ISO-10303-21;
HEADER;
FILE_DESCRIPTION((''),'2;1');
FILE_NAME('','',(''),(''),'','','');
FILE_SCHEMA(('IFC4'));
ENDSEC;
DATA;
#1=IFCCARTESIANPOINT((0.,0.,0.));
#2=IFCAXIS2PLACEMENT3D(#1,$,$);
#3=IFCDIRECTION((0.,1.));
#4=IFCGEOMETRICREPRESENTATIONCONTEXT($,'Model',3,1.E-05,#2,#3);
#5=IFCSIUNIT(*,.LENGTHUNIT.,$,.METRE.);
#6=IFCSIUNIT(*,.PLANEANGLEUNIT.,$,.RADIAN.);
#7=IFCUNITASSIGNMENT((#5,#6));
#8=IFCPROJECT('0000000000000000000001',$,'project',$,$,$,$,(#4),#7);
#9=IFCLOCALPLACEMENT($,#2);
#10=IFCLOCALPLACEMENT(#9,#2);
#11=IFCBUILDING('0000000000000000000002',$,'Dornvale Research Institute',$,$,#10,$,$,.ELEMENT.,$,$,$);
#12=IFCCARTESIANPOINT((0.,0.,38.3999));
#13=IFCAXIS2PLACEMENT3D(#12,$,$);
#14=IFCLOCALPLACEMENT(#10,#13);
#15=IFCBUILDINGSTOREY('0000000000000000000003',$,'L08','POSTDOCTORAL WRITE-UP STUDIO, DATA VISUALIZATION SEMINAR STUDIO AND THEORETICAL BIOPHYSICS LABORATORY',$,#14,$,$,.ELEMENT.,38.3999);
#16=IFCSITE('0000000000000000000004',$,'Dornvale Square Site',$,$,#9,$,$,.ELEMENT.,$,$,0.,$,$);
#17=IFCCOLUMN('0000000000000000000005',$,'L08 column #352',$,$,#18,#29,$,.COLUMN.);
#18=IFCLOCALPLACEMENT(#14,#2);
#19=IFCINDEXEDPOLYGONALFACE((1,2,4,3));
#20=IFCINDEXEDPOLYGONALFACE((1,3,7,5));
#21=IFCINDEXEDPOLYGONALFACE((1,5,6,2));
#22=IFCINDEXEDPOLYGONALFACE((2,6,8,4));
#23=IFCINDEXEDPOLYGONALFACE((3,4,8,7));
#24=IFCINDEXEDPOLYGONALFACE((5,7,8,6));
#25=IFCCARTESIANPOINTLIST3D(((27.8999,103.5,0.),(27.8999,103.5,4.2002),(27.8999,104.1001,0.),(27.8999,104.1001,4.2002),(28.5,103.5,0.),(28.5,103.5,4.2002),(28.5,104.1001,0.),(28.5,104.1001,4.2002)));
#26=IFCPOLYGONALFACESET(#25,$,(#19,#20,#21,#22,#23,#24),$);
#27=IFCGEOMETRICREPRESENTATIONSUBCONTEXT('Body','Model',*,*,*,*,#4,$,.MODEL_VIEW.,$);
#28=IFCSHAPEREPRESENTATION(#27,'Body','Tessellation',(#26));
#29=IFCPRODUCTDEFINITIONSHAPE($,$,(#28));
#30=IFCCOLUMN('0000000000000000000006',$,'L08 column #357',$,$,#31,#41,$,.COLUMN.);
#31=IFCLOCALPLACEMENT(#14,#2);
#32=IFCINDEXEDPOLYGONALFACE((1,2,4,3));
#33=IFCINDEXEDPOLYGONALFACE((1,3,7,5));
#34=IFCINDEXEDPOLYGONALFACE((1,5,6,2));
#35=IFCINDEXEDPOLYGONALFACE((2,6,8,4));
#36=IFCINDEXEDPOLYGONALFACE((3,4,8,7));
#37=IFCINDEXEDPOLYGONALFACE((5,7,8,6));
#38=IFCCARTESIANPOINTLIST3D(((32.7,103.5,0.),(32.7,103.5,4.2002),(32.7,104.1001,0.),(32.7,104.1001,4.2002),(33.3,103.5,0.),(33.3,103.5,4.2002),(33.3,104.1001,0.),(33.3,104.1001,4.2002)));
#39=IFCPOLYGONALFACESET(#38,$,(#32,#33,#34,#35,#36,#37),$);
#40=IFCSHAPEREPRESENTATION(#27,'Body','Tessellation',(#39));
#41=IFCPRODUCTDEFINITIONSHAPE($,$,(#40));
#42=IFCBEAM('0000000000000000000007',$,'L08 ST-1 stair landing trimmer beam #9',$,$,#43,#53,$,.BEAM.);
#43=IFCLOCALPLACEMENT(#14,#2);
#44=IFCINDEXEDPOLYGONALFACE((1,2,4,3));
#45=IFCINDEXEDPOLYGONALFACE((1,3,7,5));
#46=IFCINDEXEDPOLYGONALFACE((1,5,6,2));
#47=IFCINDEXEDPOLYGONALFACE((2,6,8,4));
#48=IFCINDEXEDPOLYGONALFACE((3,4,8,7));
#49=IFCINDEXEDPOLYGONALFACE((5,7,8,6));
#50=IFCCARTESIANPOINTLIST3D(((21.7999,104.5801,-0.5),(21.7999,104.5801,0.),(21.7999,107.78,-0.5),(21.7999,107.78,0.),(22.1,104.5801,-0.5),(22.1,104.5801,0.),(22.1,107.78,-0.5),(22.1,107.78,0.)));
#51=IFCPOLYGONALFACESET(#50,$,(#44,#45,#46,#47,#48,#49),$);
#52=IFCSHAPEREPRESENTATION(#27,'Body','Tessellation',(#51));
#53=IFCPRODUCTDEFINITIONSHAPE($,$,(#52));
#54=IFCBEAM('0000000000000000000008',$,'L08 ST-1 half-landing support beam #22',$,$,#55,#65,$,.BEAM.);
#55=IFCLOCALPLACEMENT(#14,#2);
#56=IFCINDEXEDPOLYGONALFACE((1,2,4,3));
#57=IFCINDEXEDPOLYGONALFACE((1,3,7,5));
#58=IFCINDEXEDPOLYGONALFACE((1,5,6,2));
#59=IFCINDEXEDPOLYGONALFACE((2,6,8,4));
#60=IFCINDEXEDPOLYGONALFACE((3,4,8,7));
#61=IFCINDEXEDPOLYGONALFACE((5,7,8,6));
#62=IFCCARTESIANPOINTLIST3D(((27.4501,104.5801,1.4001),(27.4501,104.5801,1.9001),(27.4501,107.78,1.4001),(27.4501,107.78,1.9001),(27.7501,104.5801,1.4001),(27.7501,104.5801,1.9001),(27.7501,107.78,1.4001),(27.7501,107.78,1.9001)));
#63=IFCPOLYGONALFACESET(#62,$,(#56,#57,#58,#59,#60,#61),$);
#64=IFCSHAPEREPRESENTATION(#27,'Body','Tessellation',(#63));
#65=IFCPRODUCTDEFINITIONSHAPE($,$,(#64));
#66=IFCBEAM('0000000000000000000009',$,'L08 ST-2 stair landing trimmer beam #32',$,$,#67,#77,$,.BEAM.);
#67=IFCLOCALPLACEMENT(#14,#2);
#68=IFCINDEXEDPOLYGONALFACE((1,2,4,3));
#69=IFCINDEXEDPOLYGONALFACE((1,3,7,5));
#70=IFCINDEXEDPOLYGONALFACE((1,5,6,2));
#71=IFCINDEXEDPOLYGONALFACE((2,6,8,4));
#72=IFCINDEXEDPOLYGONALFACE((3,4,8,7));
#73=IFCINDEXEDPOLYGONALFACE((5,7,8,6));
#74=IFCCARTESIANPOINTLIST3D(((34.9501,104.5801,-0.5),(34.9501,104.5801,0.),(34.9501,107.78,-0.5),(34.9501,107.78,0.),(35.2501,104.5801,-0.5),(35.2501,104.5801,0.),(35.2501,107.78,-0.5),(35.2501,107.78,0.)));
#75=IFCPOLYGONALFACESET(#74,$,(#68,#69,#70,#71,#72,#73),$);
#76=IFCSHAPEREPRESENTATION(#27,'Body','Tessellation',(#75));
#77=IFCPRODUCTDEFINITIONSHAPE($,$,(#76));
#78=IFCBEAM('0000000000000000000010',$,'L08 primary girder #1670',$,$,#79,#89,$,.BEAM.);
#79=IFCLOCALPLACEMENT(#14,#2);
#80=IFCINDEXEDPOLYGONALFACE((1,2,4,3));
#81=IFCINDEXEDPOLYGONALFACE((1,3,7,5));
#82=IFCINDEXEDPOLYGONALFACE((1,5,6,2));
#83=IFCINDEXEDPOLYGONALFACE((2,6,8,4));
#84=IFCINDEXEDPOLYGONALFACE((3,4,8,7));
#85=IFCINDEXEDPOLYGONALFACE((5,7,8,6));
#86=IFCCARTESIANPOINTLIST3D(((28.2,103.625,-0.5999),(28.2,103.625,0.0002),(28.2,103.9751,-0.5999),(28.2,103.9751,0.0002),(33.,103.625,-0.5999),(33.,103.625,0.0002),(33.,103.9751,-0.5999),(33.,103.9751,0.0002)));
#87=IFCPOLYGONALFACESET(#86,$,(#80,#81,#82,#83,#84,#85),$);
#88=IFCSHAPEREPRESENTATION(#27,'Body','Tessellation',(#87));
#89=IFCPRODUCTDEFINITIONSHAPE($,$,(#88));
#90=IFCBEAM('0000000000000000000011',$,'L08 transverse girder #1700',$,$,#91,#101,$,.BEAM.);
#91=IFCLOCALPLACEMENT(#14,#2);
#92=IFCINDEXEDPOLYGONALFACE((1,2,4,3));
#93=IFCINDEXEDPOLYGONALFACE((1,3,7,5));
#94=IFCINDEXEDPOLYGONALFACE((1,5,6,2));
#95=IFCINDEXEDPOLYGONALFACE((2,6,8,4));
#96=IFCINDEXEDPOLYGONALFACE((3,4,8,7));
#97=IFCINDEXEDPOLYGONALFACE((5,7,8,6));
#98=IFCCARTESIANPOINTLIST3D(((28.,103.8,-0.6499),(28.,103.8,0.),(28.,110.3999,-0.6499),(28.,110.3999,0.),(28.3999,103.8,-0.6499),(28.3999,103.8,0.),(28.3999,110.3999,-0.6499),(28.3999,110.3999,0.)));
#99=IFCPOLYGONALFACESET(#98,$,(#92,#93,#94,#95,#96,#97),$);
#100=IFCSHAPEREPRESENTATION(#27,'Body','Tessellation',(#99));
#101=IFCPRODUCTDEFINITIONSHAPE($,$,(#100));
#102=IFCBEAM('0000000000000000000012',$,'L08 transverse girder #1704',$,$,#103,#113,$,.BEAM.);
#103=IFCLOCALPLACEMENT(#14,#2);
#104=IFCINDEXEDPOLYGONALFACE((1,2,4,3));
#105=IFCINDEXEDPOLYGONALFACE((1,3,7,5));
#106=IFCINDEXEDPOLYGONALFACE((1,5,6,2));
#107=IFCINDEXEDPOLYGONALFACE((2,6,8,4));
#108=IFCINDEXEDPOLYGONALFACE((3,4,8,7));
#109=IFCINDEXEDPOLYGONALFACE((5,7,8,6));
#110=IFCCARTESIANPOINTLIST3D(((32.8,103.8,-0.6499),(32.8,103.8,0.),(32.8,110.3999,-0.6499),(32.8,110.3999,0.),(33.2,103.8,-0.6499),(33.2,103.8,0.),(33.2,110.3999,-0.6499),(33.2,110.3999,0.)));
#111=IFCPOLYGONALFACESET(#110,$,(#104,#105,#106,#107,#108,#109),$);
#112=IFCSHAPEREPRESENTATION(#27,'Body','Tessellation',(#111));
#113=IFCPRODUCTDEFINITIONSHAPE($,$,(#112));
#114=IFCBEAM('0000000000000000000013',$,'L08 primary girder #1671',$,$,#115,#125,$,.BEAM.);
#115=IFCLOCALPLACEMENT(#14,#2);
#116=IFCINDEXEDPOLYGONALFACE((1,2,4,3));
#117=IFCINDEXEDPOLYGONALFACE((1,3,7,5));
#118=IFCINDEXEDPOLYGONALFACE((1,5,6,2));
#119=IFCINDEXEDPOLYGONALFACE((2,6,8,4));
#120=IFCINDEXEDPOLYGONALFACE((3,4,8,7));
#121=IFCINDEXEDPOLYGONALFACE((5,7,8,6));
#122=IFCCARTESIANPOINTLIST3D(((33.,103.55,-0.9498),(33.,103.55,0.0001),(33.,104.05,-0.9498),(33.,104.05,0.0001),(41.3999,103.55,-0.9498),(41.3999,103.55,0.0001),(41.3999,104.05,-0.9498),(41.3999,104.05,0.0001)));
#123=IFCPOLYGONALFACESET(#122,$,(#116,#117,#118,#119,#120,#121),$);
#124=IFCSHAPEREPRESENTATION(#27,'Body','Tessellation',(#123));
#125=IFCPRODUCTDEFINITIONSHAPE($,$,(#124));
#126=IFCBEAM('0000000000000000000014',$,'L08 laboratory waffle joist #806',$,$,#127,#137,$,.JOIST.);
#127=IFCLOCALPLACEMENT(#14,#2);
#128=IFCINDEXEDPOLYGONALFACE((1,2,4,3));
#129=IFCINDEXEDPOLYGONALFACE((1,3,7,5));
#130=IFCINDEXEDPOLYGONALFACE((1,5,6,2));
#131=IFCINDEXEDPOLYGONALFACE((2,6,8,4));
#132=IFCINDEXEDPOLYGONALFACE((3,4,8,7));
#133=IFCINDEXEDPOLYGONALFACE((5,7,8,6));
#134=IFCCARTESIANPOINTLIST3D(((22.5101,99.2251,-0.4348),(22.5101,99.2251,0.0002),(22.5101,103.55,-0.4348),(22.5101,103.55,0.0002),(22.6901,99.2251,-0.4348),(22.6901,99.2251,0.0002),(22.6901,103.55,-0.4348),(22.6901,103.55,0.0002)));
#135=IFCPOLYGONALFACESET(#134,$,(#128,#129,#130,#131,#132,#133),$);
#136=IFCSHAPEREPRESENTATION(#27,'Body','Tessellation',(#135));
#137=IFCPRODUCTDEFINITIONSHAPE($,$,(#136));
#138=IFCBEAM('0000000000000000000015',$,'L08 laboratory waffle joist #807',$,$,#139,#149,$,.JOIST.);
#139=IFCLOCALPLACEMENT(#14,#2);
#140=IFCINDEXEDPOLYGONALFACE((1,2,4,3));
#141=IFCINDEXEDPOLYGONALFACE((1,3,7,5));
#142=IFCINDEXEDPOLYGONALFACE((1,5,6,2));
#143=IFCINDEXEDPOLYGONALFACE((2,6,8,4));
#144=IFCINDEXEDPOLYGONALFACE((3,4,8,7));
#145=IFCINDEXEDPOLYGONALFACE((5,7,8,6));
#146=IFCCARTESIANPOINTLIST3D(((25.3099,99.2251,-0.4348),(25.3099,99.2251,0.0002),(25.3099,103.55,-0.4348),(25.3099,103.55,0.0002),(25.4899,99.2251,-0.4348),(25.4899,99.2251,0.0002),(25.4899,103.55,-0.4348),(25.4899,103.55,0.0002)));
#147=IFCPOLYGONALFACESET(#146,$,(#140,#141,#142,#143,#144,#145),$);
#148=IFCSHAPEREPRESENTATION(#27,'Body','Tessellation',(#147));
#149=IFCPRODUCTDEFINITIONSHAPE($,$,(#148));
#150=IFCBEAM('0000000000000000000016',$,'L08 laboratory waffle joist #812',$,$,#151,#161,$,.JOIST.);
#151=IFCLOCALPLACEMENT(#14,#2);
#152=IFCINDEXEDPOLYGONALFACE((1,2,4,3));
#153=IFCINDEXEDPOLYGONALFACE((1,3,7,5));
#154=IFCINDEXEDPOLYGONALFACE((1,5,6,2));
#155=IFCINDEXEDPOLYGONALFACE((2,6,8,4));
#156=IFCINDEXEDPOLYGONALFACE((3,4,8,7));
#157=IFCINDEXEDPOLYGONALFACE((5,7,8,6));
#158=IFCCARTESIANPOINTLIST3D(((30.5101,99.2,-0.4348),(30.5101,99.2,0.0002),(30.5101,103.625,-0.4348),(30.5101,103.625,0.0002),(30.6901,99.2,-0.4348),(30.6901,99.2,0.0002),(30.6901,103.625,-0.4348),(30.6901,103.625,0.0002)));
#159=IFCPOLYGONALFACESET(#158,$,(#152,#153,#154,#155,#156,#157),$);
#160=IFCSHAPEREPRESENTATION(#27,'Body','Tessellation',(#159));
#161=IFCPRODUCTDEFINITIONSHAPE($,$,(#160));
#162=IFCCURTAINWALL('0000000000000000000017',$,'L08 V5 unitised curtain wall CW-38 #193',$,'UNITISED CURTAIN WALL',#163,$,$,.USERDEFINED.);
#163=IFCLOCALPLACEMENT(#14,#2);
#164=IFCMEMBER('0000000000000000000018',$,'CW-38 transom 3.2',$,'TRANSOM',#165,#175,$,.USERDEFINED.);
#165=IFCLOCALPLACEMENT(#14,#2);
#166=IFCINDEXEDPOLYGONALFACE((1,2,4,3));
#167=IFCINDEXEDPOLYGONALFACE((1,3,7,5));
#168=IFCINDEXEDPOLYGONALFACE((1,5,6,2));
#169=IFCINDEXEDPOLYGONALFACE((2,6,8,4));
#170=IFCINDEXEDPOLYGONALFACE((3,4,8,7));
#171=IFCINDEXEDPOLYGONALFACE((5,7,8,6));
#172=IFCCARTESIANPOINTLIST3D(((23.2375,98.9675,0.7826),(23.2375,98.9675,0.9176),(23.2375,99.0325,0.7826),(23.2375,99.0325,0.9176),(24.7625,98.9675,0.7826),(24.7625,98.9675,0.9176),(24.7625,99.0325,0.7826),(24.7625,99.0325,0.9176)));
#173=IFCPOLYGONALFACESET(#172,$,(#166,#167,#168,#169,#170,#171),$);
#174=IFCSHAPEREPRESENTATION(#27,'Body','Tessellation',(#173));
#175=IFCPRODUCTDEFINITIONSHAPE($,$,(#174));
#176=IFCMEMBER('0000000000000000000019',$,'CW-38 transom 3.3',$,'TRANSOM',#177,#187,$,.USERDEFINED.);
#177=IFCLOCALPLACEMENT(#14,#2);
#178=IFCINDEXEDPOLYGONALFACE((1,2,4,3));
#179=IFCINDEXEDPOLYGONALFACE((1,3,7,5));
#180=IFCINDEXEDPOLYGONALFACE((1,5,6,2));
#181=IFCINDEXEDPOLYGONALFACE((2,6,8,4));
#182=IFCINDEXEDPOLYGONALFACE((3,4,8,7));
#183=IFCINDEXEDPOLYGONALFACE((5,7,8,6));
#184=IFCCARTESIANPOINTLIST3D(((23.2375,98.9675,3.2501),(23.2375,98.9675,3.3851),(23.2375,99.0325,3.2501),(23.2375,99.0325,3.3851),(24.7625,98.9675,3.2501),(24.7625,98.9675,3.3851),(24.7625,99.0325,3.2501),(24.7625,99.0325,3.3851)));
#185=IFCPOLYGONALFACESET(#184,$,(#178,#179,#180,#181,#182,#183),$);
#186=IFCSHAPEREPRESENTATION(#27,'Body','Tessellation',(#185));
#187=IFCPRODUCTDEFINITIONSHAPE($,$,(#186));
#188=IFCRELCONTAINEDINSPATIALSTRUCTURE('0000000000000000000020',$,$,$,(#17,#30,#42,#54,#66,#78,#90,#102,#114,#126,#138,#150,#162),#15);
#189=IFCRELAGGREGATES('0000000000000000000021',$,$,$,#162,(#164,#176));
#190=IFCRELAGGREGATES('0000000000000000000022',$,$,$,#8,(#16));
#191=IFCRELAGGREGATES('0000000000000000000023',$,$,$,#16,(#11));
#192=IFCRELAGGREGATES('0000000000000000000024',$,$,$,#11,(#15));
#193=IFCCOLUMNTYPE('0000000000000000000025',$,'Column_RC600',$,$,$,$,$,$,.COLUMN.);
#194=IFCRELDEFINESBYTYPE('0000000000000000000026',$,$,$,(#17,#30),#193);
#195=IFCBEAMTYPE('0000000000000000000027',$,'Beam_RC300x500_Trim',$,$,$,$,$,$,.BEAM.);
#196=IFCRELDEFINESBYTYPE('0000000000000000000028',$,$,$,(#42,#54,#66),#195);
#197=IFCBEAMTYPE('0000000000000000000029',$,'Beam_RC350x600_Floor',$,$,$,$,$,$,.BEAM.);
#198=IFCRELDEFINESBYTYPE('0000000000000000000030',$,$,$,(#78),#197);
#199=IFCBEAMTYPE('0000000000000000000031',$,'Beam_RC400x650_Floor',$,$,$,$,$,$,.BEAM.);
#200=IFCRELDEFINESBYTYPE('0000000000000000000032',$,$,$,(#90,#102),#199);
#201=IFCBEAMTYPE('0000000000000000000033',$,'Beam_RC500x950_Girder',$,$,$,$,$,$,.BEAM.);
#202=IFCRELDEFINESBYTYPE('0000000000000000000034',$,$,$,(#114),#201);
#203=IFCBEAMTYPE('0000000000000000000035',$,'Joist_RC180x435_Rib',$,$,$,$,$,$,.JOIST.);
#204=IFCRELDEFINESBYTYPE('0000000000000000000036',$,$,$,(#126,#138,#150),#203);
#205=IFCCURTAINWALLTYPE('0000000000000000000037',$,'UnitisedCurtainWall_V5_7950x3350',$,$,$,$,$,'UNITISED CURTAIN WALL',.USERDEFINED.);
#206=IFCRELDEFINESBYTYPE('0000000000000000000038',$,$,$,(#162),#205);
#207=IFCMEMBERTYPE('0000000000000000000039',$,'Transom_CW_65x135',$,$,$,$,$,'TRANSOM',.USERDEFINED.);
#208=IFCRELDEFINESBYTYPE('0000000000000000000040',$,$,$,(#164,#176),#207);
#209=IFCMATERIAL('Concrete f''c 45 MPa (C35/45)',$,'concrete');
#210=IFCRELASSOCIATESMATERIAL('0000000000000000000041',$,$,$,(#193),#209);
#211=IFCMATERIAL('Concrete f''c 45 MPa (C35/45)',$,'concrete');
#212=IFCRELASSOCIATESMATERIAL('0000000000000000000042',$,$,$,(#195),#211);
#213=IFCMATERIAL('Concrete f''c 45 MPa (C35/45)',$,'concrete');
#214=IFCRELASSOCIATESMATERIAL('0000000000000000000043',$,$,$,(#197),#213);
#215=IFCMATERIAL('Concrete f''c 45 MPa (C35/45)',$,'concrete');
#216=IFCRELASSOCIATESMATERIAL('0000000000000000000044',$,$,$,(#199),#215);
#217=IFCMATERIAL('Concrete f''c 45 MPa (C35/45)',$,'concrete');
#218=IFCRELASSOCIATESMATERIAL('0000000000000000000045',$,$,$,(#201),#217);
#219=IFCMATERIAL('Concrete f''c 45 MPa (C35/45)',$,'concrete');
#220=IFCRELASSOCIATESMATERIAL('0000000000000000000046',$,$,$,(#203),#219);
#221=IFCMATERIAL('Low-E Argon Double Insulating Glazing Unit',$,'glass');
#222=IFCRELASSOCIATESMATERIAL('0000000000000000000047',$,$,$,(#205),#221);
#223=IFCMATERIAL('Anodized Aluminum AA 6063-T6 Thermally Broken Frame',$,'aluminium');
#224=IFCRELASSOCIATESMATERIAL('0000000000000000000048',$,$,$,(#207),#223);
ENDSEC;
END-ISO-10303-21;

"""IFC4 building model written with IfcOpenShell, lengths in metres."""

from ifc_helpers import new_model, si_unit, direction, frame, origin, origin_2d, place, context, subcontext, project, spatial, rectangle, extrude, material, material_profile, profile_set, type_object, element, aggregate, save


model = new_model("IFC4")

# Units and contexts
model_context = context("Model", 3, precision=1e-05, world=origin(), true_north=direction((0.0, 1.0)))
body_context = subcontext(model_context, "Body", "Model", "MODEL_VIEW")
ifc_project = project(units=[si_unit("LENGTHUNIT", "METRE"), si_unit("PLANEANGLEUNIT", "RADIAN")], contexts=[model_context])

# Site, building, storey
site_placement = place(None, origin())
site = spatial("IfcSite", under=ifc_project, at=site_placement, Name="Dornvale Square Site", CompositionType="ELEMENT", RefElevation=0.0)
building_placement = place(site_placement, origin())
building = spatial("IfcBuilding", under=site, at=building_placement, Name="Dornvale Research Institute", CompositionType="ELEMENT")
storey_placement = place(building_placement, frame((0.0, 0.0, 38.3999)))
storey = spatial("IfcBuildingStorey", under=building, at=storey_placement, Name="L08", Description="POSTDOCTORAL WRITE-UP STUDIO, DATA VISUALIZATION SEMINAR STUDIO AND THEORETICAL BIOPHYSICS LABORATORY", CompositionType="ELEMENT", Elevation=38.3999)

# Columns
ifc_material_1 = material(Name="Concrete f'c 45 MPa (C35/45)", Category="concrete")
ifc_material_profile_1 = material_profile(ifc_material_1, rectangle(XDim=0.6001, YDim=0.6001, at=origin_2d()), Name="RC 600x600")
ifc_profile_set_1 = profile_set([ifc_material_profile_1], Name="Concrete f'c 45 MPa (C35/45)")
column_type = type_object("IfcColumnType", Name="Column_RC600", PredefinedType="COLUMN", material=ifc_profile_set_1)
for number, where, z_axis, x_axis, name in (
    (1, (28.2, 103.8, 0.0), (0.0, 0.0, 1.0), (1.0, 0.0, 0.0), "L08 column #352"),
    (2, (33.0, 103.8, 0.0), (0.0, 0.0, 1.0), (1.0, 0.0, 0.0), "L08 column #357"),
):
    element("IfcColumn", number, at=place(storey_placement, frame(where, z_axis=z_axis, x_axis=x_axis)), inside=storey, type_object=column_type, Name=name, PredefinedType="COLUMN", context=body_context, shape_type="SweptSolid", body=[
        extrude(rectangle(XDim=0.6001, YDim=0.6001, at=origin_2d()), origin(), (0.0, 0.0, 1.0), 4.2002),
    ])

# Beams
ifc_material_2 = material(Name="Concrete f'c 45 MPa (C35/45)", Category="concrete")
ifc_material_profile_2 = material_profile(ifc_material_2, rectangle(XDim=0.3, YDim=0.5, at=origin_2d()), Name="RC 300x500")
ifc_profile_set_2 = profile_set([ifc_material_profile_2], Name="Concrete f'c 45 MPa (C35/45)")
beam_type_1 = type_object("IfcBeamType", Name="Beam_RC300x500_Trim", PredefinedType="BEAM", material=ifc_profile_set_2)
for number, where, z_axis, x_axis, name in (
    (3, (21.95, 104.5801, -0.25), (0.0, 1.0, 0.0), (-1.0, 0.0, 0.0), "L08 ST-1 stair landing trimmer beam #9"),
    (4, (27.6001, 104.5801, 1.6501), (0.0, 1.0, 0.0), (-1.0, 0.0, 0.0), "L08 ST-1 half-landing support beam #22"),
    (5, (35.1001, 104.5801, -0.25), (0.0, 1.0, 0.0), (-1.0, 0.0, 0.0), "L08 ST-2 stair landing trimmer beam #32"),
):
    element("IfcBeam", number, at=place(storey_placement, frame(where, z_axis=z_axis, x_axis=x_axis)), inside=storey, type_object=beam_type_1, Name=name, PredefinedType="BEAM", context=body_context, shape_type="SweptSolid", body=[
        extrude(rectangle(XDim=0.3, YDim=0.5, at=origin_2d()), origin(), (0.0, 0.0, 1.0), 3.2),
    ])
ifc_material_3 = material(Name="Concrete f'c 45 MPa (C35/45)", Category="concrete")
ifc_material_profile_3 = material_profile(ifc_material_3, rectangle(XDim=0.3501, YDim=0.6001, at=origin_2d()), Name="RC 350x600")
ifc_profile_set_3 = profile_set([ifc_material_profile_3], Name="Concrete f'c 45 MPa (C35/45)")
beam_type_2 = type_object("IfcBeamType", Name="Beam_RC350x600_Floor", PredefinedType="BEAM", material=ifc_profile_set_3)
beam_1_placement = place(storey_placement, frame((28.2, 103.8, -0.2998), z_axis=(1.0, 0.0, 0.0), x_axis=(0.0, 1.0, 0.0)))
element("IfcBeam", 6, at=beam_1_placement, inside=storey, type_object=beam_type_2, Name="L08 primary girder #1670", PredefinedType="BEAM", context=body_context, shape_type="SweptSolid", body=[
    extrude(rectangle(XDim=0.3501, YDim=0.6001, at=origin_2d()), origin(), (0.0, 0.0, 1.0), 4.8),
])
ifc_material_4 = material(Name="Concrete f'c 45 MPa (C35/45)", Category="concrete")
ifc_material_profile_4 = material_profile(ifc_material_4, rectangle(XDim=0.3999, YDim=0.6499, at=origin_2d()), Name="RC 400x650")
ifc_profile_set_4 = profile_set([ifc_material_profile_4], Name="Concrete f'c 45 MPa (C35/45)")
beam_type_3 = type_object("IfcBeamType", Name="Beam_RC400x650_Floor", PredefinedType="BEAM", material=ifc_profile_set_4)
for number, where, z_axis, x_axis, name in (
    (7, (28.2, 103.8, -0.325), (0.0, 1.0, 0.0), (-1.0, 0.0, 0.0), "L08 transverse girder #1700"),
    (8, (33.0, 103.8, -0.325), (0.0, 1.0, 0.0), (-1.0, 0.0, 0.0), "L08 transverse girder #1704"),
):
    element("IfcBeam", number, at=place(storey_placement, frame(where, z_axis=z_axis, x_axis=x_axis)), inside=storey, type_object=beam_type_3, Name=name, PredefinedType="BEAM", context=body_context, shape_type="SweptSolid", body=[
        extrude(rectangle(XDim=0.3999, YDim=0.6499, at=origin_2d()), origin(), (0.0, 0.0, 1.0), 6.5999),
    ])
ifc_material_5 = material(Name="Concrete f'c 45 MPa (C35/45)", Category="concrete")
ifc_material_profile_5 = material_profile(ifc_material_5, rectangle(XDim=0.5, YDim=0.95, at=origin_2d()), Name="RC 500x950")
ifc_profile_set_5 = profile_set([ifc_material_profile_5], Name="Concrete f'c 45 MPa (C35/45)")
beam_type_4 = type_object("IfcBeamType", Name="Beam_RC500x950_Girder", PredefinedType="BEAM", material=ifc_profile_set_5)
beam_2_placement = place(storey_placement, frame((33.0, 103.8, -0.4749), z_axis=(1.0, 0.0, 0.0), x_axis=(0.0, 1.0, 0.0)))
element("IfcBeam", 9, at=beam_2_placement, inside=storey, type_object=beam_type_4, Name="L08 primary girder #1671", PredefinedType="BEAM", context=body_context, shape_type="SweptSolid", body=[
    extrude(rectangle(XDim=0.5, YDim=0.95, at=origin_2d()), origin(), (0.0, 0.0, 1.0), 8.3999),
])
ifc_material_6 = material(Name="Concrete f'c 45 MPa (C35/45)", Category="concrete")
ifc_material_profile_6 = material_profile(ifc_material_6, rectangle(XDim=0.1799, YDim=0.4351, at=origin_2d()), Name="RC 180x435")
ifc_profile_set_6 = profile_set([ifc_material_profile_6], Name="Concrete f'c 45 MPa (C35/45)")
beam_type_5 = type_object("IfcBeamType", Name="Joist_RC180x435_Rib", PredefinedType="JOIST", material=ifc_profile_set_6)
for number, where, z_axis, x_axis, name in (
    (10, (22.6001, 99.2251, -0.2173), (0.0, 1.0, 0.0), (-1.0, 0.0, 0.0), "L08 laboratory waffle joist #806"),
    (11, (25.3999, 99.2251, -0.2173), (0.0, 1.0, 0.0), (-1.0, 0.0, 0.0), "L08 laboratory waffle joist #807"),
):
    element("IfcBeam", number, at=place(storey_placement, frame(where, z_axis=z_axis, x_axis=x_axis)), inside=storey, type_object=beam_type_5, Name=name, PredefinedType="JOIST", context=body_context, shape_type="SweptSolid", body=[
        extrude(rectangle(XDim=0.1799, YDim=0.4351, at=origin_2d()), origin(), (0.0, 0.0, 1.0), 4.325),
    ])
beam_3_placement = place(storey_placement, frame((30.6001, 99.2, -0.2173), z_axis=(0.0, 1.0, 0.0), x_axis=(-1.0, 0.0, 0.0)))
element("IfcBeam", 12, at=beam_3_placement, inside=storey, type_object=beam_type_5, Name="L08 laboratory waffle joist #812", PredefinedType="JOIST", context=body_context, shape_type="SweptSolid", body=[
    extrude(rectangle(XDim=0.1799, YDim=0.4351, at=origin_2d()), origin(), (0.0, 0.0, 1.0), 4.425),
])

# Curtain wall, members
ifc_material_7 = material(Name="Low-E Argon Double Insulating Glazing Unit", Category="glass")
curtain_wall_type = type_object("IfcCurtainWallType", Name="UnitisedCurtainWall_V5_7950x3350", ElementType="UNITISED CURTAIN WALL", PredefinedType="USERDEFINED", material=ifc_material_7)
curtain_wall_placement = place(storey_placement, origin())
curtain_wall = element("IfcCurtainWall", 13, at=curtain_wall_placement, inside=storey, type_object=curtain_wall_type, Name="L08 V5 unitised curtain wall CW-38 #193", ObjectType="UNITISED CURTAIN WALL", PredefinedType="USERDEFINED")
ifc_material_8 = material(Name="Anodized Aluminum AA 6063-T6 Thermally Broken Frame", Category="aluminium")
ifc_material_profile_7 = material_profile(ifc_material_8, rectangle(XDim=0.0649, YDim=0.135, at=origin_2d()), Name="ALU TRANSOM 65x135")
ifc_profile_set_7 = profile_set([ifc_material_profile_7], Name="Anodized Aluminum AA 6063-T6 Thermally Broken Frame")
member_type = type_object("IfcMemberType", Name="Transom_CW_65x135", ElementType="TRANSOM", PredefinedType="USERDEFINED", material=ifc_profile_set_7)
member_1_placement = place(storey_placement, frame((24.7625, 99.0, 0.8501), z_axis=(-1.0, 0.0, 0.0), x_axis=(0.0, -1.0, 0.0)))
member_1 = element("IfcMember", 14, at=member_1_placement, type_object=member_type, Name="CW-38 transom 3.2", ObjectType="TRANSOM", PredefinedType="USERDEFINED", context=body_context, shape_type="SweptSolid", body=[
    extrude(rectangle(XDim=0.0649, YDim=0.135, at=origin_2d()), origin(), (0.0, 0.0, 1.0), 1.5249),
])
member_2_placement = place(storey_placement, frame((24.7625, 99.0, 3.3176), z_axis=(-1.0, 0.0, 0.0), x_axis=(0.0, -1.0, 0.0)))
member_2 = element("IfcMember", 15, at=member_2_placement, type_object=member_type, Name="CW-38 transom 3.3", ObjectType="TRANSOM", PredefinedType="USERDEFINED", context=body_context, shape_type="SweptSolid", body=[
    extrude(rectangle(XDim=0.0649, YDim=0.135, at=origin_2d()), origin(), (0.0, 0.0, 1.0), 1.5249),
])
aggregate(curtain_wall, [member_1, member_2])

save(model, "model.ifc")
